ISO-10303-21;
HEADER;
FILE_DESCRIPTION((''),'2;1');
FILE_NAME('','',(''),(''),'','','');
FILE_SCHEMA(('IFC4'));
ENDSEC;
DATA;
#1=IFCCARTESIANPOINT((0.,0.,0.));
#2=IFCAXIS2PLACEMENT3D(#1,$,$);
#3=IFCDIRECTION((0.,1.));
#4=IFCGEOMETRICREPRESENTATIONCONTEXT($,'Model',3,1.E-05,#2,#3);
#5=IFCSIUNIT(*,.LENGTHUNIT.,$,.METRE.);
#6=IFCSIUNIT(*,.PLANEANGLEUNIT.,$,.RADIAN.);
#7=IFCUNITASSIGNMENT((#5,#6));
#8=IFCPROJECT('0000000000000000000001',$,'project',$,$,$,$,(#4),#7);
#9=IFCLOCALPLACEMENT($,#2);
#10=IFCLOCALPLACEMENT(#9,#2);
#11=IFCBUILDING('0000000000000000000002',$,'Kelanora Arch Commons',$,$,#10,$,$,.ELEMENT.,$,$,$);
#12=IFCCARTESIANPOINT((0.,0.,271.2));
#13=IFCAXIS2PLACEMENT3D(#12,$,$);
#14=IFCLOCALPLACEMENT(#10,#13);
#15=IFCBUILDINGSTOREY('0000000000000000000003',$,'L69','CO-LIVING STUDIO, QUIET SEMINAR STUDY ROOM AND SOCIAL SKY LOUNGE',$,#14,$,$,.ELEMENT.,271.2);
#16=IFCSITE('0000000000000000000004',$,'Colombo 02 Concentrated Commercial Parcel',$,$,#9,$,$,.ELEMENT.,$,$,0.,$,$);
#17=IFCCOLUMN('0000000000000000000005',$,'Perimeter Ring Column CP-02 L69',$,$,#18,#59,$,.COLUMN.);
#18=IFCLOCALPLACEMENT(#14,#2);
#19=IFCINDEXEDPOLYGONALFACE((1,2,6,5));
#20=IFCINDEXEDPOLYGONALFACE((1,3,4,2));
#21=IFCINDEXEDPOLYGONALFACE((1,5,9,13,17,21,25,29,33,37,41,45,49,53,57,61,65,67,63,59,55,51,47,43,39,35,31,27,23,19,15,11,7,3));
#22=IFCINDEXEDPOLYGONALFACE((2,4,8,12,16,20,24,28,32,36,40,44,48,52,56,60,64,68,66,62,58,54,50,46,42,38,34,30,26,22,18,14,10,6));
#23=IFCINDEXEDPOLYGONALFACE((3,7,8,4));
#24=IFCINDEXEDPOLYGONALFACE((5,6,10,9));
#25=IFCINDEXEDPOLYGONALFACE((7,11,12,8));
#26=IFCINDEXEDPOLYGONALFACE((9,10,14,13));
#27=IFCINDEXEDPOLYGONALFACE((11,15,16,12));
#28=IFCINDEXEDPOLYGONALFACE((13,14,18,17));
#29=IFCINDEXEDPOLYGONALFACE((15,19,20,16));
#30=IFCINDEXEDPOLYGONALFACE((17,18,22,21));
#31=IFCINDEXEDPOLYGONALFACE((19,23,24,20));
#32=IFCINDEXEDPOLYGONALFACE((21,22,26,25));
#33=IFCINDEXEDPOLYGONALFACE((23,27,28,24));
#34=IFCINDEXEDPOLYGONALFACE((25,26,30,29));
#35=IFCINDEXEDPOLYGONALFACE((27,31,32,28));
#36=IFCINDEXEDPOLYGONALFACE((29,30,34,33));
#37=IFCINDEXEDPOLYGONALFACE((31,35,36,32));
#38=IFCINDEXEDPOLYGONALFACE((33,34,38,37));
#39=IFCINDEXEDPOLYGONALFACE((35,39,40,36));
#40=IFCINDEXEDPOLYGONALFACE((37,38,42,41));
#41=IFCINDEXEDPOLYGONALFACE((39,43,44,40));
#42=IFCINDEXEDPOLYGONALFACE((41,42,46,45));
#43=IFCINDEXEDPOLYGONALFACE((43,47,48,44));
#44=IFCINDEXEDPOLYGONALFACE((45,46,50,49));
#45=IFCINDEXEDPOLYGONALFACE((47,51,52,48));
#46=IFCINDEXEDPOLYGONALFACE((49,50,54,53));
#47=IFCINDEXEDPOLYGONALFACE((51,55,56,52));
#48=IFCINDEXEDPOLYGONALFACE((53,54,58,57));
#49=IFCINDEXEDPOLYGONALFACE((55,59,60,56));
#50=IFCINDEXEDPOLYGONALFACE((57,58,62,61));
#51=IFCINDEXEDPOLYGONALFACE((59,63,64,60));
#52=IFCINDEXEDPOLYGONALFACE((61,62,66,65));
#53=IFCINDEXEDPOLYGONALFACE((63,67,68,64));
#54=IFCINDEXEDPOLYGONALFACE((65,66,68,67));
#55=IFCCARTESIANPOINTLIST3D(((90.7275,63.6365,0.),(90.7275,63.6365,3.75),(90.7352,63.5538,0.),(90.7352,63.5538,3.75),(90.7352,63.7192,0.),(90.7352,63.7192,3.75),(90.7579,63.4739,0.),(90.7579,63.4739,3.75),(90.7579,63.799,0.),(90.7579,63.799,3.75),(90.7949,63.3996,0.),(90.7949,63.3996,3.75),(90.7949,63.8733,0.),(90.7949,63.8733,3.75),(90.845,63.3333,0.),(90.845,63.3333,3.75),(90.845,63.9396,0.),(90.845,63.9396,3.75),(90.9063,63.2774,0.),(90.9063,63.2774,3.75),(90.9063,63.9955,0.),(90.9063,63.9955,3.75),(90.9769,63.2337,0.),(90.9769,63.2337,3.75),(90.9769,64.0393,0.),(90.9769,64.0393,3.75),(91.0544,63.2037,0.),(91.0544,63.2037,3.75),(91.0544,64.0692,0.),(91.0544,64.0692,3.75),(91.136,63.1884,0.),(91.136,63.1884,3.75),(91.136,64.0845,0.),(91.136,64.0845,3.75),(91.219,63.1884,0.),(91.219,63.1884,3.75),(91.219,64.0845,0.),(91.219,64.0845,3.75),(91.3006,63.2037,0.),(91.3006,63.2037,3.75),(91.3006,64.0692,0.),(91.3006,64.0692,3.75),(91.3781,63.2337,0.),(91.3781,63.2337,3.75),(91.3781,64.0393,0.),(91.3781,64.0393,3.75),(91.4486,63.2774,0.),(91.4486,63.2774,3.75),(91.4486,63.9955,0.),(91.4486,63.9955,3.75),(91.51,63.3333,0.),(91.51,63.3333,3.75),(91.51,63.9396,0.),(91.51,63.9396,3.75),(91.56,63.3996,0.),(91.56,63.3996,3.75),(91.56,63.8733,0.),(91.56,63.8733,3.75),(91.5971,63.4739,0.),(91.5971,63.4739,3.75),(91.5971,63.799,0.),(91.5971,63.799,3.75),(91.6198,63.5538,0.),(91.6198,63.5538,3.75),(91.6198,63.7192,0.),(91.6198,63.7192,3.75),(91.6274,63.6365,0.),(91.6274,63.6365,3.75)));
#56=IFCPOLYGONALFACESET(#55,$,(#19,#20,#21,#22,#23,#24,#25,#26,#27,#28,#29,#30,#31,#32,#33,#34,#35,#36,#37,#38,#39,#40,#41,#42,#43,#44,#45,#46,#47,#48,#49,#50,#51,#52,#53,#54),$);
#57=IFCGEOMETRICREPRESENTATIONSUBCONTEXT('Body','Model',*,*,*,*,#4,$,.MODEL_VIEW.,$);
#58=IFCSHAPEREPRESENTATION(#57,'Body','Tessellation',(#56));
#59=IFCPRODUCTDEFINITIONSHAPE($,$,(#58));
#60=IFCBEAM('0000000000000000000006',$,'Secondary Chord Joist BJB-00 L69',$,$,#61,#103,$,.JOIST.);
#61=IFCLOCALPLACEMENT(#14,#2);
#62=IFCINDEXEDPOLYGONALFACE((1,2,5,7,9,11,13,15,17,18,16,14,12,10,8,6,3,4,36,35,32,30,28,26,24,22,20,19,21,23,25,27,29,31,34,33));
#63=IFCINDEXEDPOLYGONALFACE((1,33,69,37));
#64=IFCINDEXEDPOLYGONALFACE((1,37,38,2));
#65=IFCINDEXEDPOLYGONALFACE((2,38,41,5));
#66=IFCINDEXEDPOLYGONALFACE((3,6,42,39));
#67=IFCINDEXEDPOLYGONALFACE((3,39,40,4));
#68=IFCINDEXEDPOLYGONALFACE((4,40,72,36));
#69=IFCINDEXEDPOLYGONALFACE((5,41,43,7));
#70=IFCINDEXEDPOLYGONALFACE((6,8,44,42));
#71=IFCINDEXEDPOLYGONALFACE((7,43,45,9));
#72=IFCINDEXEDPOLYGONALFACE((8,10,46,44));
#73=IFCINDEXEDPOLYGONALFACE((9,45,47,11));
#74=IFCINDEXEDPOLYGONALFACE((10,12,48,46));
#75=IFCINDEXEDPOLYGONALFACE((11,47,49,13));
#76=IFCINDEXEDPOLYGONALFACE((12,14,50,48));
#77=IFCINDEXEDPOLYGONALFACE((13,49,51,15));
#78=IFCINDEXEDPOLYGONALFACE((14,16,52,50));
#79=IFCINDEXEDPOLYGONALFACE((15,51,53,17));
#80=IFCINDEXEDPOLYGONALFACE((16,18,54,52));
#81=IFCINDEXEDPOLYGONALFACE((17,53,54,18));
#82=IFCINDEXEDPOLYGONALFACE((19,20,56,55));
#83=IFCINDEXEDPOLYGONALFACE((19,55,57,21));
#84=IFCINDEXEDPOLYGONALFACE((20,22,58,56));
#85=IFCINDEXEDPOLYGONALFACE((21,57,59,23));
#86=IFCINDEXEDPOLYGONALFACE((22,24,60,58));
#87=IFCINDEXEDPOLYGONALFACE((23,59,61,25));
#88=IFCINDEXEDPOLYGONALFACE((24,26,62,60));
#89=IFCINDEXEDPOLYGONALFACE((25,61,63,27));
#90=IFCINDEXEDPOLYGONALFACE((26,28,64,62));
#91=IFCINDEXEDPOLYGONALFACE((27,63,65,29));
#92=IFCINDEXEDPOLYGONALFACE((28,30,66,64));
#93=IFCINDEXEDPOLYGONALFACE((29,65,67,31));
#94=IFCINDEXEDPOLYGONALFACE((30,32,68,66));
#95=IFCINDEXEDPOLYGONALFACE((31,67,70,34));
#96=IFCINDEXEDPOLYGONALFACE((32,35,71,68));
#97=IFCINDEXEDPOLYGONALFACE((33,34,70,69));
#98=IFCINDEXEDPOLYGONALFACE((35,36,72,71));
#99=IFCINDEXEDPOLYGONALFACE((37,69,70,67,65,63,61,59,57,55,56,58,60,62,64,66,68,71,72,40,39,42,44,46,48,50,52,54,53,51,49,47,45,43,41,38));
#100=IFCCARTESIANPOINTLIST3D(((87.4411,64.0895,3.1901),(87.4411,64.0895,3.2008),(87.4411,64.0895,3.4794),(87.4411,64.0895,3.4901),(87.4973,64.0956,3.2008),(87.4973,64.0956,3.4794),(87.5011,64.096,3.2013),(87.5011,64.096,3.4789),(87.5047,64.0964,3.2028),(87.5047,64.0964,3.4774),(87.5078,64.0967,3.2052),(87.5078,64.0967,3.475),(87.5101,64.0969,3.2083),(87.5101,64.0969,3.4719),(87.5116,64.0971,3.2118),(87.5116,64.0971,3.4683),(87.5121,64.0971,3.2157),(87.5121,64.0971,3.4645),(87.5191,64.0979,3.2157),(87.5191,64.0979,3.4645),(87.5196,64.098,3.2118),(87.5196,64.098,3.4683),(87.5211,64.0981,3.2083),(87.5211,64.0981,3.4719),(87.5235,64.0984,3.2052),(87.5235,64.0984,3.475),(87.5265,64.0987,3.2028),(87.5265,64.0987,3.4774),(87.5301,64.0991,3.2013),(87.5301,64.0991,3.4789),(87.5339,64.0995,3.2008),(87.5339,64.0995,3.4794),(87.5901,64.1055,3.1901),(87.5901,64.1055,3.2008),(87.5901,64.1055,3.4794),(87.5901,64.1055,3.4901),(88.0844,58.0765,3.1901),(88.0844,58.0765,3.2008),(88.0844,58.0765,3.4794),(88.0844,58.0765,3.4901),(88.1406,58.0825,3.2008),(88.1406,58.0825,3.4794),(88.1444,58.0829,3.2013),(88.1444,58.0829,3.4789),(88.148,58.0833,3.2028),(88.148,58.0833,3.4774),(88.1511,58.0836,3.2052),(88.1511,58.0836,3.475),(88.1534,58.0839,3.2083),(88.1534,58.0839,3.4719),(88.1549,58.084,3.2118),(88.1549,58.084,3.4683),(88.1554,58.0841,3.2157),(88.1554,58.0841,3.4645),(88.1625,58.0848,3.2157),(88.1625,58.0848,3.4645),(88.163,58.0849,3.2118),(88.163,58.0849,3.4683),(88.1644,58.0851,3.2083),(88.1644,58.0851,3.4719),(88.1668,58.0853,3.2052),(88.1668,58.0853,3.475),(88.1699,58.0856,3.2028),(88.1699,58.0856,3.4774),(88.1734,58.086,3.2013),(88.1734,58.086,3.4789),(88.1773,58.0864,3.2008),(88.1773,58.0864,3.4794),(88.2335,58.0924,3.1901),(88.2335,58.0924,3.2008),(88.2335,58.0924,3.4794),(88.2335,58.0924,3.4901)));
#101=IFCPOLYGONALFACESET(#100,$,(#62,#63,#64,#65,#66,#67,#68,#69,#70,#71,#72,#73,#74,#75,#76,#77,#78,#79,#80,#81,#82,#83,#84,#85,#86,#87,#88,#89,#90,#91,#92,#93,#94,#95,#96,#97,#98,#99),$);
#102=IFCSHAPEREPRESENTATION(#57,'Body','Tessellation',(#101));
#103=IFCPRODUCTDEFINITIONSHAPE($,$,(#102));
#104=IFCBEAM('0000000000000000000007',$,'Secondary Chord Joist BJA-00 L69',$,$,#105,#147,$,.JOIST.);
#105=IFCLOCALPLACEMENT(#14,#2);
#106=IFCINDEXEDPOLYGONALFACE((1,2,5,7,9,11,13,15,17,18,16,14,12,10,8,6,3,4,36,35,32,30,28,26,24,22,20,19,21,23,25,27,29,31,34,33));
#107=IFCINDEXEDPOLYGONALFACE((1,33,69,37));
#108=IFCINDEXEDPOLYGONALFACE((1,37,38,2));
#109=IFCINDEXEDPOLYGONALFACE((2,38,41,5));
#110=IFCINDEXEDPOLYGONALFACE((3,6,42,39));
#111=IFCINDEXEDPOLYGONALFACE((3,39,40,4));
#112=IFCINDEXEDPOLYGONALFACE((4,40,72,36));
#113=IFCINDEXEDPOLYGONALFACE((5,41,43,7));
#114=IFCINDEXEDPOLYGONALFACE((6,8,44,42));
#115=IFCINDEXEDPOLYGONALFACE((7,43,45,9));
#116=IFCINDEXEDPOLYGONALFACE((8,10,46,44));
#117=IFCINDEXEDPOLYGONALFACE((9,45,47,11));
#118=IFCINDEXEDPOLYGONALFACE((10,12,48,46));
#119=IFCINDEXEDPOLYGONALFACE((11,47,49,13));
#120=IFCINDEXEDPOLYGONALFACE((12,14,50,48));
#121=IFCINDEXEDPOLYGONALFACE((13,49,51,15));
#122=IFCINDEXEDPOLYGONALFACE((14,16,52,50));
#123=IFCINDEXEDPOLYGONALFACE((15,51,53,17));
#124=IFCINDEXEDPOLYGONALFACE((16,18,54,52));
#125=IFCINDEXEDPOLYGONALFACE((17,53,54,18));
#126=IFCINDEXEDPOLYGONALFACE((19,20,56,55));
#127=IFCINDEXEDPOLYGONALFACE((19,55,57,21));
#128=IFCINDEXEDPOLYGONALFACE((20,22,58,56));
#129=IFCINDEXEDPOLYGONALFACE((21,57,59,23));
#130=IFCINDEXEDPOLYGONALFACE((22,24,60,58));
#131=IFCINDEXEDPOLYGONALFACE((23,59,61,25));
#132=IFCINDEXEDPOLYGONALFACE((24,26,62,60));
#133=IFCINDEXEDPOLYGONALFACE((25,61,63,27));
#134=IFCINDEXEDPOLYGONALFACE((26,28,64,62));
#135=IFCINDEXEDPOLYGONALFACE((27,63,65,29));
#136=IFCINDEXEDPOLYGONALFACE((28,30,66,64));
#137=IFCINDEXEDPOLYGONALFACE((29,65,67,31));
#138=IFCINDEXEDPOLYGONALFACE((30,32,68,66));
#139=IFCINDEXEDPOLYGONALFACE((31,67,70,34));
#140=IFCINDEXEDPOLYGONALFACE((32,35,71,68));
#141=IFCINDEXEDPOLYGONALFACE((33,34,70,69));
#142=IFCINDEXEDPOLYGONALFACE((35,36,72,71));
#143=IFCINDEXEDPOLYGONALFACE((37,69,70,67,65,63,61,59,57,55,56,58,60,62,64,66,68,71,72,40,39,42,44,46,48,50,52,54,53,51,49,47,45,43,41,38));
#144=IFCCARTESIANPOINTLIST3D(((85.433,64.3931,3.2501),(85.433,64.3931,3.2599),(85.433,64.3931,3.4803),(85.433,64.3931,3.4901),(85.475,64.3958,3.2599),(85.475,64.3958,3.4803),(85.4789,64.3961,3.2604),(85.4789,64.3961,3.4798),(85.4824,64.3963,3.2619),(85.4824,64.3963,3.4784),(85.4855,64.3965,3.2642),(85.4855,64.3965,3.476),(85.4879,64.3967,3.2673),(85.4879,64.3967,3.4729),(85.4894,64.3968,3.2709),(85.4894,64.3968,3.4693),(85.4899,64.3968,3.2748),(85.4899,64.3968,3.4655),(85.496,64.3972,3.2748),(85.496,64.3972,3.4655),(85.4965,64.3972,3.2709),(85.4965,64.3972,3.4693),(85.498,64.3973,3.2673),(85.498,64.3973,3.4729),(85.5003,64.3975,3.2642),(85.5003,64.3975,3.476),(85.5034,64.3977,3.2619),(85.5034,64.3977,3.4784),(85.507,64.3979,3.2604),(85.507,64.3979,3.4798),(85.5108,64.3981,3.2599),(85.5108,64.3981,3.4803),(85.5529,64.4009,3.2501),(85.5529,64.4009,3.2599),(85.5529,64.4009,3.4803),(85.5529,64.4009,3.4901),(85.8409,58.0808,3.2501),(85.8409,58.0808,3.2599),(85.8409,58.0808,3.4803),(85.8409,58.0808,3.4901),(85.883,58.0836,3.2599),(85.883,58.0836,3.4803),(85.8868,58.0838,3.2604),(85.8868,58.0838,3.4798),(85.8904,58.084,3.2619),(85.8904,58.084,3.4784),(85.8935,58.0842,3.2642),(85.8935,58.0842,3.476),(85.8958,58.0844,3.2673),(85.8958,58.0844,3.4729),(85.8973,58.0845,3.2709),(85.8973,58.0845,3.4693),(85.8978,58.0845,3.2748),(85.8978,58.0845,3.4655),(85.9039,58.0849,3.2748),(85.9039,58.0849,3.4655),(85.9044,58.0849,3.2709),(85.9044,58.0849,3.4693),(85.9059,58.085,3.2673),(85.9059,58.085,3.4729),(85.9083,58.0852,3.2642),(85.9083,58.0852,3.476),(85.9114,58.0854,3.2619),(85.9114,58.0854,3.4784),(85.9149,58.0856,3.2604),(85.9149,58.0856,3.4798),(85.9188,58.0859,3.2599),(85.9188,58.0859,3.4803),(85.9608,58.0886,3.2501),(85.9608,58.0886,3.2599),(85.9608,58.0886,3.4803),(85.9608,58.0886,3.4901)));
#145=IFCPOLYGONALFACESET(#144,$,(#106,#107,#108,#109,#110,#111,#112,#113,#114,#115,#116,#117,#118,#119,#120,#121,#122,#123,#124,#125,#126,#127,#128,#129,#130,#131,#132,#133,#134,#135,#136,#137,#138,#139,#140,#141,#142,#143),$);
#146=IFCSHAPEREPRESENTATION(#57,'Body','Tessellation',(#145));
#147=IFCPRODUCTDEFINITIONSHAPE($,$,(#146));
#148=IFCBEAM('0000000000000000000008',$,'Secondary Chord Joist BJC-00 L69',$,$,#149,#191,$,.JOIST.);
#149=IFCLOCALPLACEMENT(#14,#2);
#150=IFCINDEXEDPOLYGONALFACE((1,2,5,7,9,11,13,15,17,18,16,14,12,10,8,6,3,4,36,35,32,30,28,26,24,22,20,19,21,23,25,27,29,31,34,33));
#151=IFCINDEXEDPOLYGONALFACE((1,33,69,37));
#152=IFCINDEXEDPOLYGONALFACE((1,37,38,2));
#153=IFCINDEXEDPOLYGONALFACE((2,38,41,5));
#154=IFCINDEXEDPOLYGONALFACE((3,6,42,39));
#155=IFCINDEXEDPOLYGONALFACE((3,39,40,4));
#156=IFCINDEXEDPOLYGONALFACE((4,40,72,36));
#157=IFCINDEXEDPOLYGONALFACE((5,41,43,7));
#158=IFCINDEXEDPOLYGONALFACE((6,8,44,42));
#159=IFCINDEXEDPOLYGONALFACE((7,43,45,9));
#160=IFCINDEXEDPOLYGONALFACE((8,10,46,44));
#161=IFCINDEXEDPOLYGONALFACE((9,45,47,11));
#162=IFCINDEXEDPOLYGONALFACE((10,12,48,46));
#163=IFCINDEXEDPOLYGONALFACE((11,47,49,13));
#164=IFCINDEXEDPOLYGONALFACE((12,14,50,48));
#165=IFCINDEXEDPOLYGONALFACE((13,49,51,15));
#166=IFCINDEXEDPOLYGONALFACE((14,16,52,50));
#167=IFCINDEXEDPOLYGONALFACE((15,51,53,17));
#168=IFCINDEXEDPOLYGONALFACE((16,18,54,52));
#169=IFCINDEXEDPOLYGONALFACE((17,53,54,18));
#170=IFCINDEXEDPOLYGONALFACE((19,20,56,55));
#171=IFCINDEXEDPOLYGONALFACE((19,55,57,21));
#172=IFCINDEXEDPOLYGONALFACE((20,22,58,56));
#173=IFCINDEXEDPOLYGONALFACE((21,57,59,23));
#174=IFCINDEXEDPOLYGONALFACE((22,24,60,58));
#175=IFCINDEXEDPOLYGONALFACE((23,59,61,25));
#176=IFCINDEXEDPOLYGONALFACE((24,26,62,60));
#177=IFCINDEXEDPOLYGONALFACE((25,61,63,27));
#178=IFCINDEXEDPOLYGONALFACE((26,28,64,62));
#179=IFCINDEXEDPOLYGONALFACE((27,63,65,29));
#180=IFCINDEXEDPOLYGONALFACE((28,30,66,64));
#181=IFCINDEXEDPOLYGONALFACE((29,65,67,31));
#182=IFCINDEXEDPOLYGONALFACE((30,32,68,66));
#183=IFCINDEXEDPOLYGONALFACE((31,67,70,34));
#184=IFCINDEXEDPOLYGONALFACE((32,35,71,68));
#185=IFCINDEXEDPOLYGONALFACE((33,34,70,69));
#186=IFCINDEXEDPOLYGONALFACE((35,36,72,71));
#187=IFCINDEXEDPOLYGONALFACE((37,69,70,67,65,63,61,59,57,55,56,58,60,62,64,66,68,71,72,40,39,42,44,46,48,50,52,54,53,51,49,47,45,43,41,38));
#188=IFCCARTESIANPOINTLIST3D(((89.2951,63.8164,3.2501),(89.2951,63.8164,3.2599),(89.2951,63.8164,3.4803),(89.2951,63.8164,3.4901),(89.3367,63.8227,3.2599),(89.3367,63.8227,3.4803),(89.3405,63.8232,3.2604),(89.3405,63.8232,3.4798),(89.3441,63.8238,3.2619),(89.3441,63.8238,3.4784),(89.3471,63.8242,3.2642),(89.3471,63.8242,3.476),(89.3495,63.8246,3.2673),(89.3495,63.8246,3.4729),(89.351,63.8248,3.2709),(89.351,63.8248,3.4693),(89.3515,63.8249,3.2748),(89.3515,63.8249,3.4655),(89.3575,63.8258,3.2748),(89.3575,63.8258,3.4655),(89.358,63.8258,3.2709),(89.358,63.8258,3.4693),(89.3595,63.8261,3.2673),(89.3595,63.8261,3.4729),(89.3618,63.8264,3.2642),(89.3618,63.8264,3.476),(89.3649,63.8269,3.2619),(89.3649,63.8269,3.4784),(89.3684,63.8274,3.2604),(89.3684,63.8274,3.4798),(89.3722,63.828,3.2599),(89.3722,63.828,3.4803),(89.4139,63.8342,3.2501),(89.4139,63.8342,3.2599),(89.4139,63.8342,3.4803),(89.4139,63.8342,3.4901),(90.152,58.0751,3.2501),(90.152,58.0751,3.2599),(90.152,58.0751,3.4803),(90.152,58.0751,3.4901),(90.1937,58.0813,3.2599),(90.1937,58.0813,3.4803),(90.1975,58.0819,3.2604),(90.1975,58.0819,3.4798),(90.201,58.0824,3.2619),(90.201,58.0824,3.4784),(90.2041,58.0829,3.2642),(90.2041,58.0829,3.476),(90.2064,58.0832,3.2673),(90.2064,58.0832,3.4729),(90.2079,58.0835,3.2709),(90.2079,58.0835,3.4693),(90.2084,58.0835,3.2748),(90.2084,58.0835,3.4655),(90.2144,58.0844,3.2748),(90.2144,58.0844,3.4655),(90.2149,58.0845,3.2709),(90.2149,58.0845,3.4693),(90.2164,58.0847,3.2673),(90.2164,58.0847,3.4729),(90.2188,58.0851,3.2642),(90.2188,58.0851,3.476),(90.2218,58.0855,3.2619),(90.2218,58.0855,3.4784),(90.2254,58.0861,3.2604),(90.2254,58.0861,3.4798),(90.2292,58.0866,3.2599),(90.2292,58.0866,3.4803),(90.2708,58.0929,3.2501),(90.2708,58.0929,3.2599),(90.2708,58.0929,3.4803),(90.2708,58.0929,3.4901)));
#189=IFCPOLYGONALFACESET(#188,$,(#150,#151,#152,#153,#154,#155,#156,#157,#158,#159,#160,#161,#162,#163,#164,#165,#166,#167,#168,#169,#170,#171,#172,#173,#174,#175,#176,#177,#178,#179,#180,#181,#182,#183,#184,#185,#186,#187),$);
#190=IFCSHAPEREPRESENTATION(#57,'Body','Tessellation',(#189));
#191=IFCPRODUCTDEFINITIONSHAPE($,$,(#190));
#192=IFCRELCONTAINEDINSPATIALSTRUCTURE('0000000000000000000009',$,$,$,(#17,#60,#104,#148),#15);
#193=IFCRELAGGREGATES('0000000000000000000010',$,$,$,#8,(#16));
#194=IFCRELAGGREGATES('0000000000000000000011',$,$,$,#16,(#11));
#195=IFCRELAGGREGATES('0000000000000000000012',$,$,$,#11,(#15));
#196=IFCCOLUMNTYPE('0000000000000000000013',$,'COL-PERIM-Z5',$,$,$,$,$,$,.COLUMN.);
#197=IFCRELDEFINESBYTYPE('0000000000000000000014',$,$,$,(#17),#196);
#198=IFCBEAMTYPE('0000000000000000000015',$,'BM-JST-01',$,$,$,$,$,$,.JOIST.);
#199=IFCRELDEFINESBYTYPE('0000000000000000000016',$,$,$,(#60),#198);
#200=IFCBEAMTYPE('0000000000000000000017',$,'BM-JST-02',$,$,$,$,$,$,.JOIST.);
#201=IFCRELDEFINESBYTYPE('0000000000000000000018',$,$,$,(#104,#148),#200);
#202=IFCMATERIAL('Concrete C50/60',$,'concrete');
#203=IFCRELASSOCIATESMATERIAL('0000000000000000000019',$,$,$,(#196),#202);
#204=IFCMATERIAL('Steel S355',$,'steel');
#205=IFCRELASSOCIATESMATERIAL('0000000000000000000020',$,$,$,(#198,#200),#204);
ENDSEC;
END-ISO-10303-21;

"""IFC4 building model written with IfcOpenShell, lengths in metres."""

from ifc_helpers import new_model, si_unit, direction, frame, origin, origin_2d, place, context, subcontext, project, spatial, circle, i_section, extrude, material, material_profile, profile_set, type_object, element, save


model = new_model("IFC4")

# Units and contexts
model_context = context("Model", 3, precision=1e-05, world=origin(), true_north=direction((0.0, 1.0)))
body_context = subcontext(model_context, "Body", "Model", "MODEL_VIEW")
ifc_project = project(units=[si_unit("LENGTHUNIT", "METRE"), si_unit("PLANEANGLEUNIT", "RADIAN")], contexts=[model_context])

# Site, building, storey
site_placement = place(None, origin())
site = spatial("IfcSite", under=ifc_project, at=site_placement, Name="Colombo 02 Concentrated Commercial Parcel", CompositionType="ELEMENT", RefElevation=0.0)
building_placement = place(site_placement, origin())
building = spatial("IfcBuilding", under=site, at=building_placement, Name="Kelanora Arch Commons", CompositionType="ELEMENT")
storey_placement = place(building_placement, frame((0.0, 0.0, 271.2)))
storey = spatial("IfcBuildingStorey", under=building, at=storey_placement, Name="L69", Description="CO-LIVING STUDIO, QUIET SEMINAR STUDY ROOM AND SOCIAL SKY LOUNGE", CompositionType="ELEMENT", Elevation=271.2)

# Column
ifc_material_1 = material(Name="Concrete C50/60", Category="concrete")
ifc_material_profile_1 = material_profile(ifc_material_1, circle(Radius=0.45, at=origin_2d()), Name="RCC900")
ifc_profile_set_1 = profile_set([ifc_material_profile_1], Name="Concrete C50/60")
column_type = type_object("IfcColumnType", Name="COL-PERIM-Z5", PredefinedType="COLUMN", material=ifc_profile_set_1)
column_placement = place(storey_placement, frame((91.1775, 63.6365, 0.0), z_axis=(0.0, 0.0, 1.0), x_axis=(1.0, 0.0, 0.0)))
element("IfcColumn", 1, at=column_placement, inside=storey, type_object=column_type, Name="Perimeter Ring Column CP-02 L69", PredefinedType="COLUMN", context=body_context, shape_type="SweptSolid", body=[
    extrude(circle(Radius=0.45, at=origin_2d()), origin(), (0.0, 0.0, 1.0), 3.75),
])

# Beams
ifc_material_2 = material(Name="Steel S355", Category="steel")
ifc_material_profile_2 = material_profile(ifc_material_2, i_section(OverallWidth=0.1499, OverallDepth=0.3, WebThickness=0.0071, FlangeThickness=0.0107, FilletRadius=0.0149, at=origin_2d()), Name="IPE300")
ifc_profile_set_2 = profile_set([ifc_material_profile_2], Name="Steel S355")
beam_type_1 = type_object("IfcBeamType", Name="BM-JST-01", PredefinedType="JOIST", material=ifc_profile_set_2)
beam_1_placement = place(storey_placement, frame((88.1589, 58.0845, 3.3401), z_axis=(-0.106381, 0.994325, 0.0), x_axis=(-0.994325, -0.106381, 0.0)))
element("IfcBeam", 2, at=beam_1_placement, inside=storey, type_object=beam_type_1, Name="Secondary Chord Joist BJB-00 L69", PredefinedType="JOIST", context=body_context, shape_type="SweptSolid", body=[
    extrude(i_section(OverallWidth=0.1499, OverallDepth=0.3, WebThickness=0.0071, FlangeThickness=0.0107, FilletRadius=0.0149, at=origin_2d()), origin(), (0.0, 0.0, 1.0), 6.0474),
])
ifc_material_profile_3 = material_profile(ifc_material_2, i_section(OverallWidth=0.1201, OverallDepth=0.24, WebThickness=0.0061, FlangeThickness=0.0098, FilletRadius=0.0149, at=origin_2d()), Name="IPE240")
ifc_profile_set_3 = profile_set([ifc_material_profile_3], Name="Steel S355")
beam_type_2 = type_object("IfcBeamType", Name="BM-JST-02", PredefinedType="JOIST", material=ifc_profile_set_3)
beam_2_placement = place(storey_placement, frame((85.9009, 58.0847, 3.3701), z_axis=(-0.064495, 0.997918, 0.0), x_axis=(-0.997918, -0.064495, 0.0)))
element("IfcBeam", 3, at=beam_2_placement, inside=storey, type_object=beam_type_2, Name="Secondary Chord Joist BJA-00 L69", PredefinedType="JOIST", context=body_context, shape_type="SweptSolid", body=[
    extrude(i_section(OverallWidth=0.1201, OverallDepth=0.24, WebThickness=0.0061, FlangeThickness=0.0098, FilletRadius=0.0149, at=origin_2d()), origin(), (0.0, 0.0, 1.0), 6.3254),
])
beam_3_placement = place(storey_placement, frame((90.2114, 58.084, 3.3701), z_axis=(-0.147625, 0.989043, 0.0), x_axis=(-0.989043, -0.147625, 0.0)))
element("IfcBeam", 4, at=beam_3_placement, inside=storey, type_object=beam_type_2, Name="Secondary Chord Joist BJC-00 L69", PredefinedType="JOIST", context=body_context, shape_type="SweptSolid", body=[
    extrude(i_section(OverallWidth=0.1201, OverallDepth=0.24, WebThickness=0.0061, FlangeThickness=0.0098, FilletRadius=0.0149, at=origin_2d()), origin(), (0.0, 0.0, 1.0), 5.8049),
])

save(model, "model.ifc")
